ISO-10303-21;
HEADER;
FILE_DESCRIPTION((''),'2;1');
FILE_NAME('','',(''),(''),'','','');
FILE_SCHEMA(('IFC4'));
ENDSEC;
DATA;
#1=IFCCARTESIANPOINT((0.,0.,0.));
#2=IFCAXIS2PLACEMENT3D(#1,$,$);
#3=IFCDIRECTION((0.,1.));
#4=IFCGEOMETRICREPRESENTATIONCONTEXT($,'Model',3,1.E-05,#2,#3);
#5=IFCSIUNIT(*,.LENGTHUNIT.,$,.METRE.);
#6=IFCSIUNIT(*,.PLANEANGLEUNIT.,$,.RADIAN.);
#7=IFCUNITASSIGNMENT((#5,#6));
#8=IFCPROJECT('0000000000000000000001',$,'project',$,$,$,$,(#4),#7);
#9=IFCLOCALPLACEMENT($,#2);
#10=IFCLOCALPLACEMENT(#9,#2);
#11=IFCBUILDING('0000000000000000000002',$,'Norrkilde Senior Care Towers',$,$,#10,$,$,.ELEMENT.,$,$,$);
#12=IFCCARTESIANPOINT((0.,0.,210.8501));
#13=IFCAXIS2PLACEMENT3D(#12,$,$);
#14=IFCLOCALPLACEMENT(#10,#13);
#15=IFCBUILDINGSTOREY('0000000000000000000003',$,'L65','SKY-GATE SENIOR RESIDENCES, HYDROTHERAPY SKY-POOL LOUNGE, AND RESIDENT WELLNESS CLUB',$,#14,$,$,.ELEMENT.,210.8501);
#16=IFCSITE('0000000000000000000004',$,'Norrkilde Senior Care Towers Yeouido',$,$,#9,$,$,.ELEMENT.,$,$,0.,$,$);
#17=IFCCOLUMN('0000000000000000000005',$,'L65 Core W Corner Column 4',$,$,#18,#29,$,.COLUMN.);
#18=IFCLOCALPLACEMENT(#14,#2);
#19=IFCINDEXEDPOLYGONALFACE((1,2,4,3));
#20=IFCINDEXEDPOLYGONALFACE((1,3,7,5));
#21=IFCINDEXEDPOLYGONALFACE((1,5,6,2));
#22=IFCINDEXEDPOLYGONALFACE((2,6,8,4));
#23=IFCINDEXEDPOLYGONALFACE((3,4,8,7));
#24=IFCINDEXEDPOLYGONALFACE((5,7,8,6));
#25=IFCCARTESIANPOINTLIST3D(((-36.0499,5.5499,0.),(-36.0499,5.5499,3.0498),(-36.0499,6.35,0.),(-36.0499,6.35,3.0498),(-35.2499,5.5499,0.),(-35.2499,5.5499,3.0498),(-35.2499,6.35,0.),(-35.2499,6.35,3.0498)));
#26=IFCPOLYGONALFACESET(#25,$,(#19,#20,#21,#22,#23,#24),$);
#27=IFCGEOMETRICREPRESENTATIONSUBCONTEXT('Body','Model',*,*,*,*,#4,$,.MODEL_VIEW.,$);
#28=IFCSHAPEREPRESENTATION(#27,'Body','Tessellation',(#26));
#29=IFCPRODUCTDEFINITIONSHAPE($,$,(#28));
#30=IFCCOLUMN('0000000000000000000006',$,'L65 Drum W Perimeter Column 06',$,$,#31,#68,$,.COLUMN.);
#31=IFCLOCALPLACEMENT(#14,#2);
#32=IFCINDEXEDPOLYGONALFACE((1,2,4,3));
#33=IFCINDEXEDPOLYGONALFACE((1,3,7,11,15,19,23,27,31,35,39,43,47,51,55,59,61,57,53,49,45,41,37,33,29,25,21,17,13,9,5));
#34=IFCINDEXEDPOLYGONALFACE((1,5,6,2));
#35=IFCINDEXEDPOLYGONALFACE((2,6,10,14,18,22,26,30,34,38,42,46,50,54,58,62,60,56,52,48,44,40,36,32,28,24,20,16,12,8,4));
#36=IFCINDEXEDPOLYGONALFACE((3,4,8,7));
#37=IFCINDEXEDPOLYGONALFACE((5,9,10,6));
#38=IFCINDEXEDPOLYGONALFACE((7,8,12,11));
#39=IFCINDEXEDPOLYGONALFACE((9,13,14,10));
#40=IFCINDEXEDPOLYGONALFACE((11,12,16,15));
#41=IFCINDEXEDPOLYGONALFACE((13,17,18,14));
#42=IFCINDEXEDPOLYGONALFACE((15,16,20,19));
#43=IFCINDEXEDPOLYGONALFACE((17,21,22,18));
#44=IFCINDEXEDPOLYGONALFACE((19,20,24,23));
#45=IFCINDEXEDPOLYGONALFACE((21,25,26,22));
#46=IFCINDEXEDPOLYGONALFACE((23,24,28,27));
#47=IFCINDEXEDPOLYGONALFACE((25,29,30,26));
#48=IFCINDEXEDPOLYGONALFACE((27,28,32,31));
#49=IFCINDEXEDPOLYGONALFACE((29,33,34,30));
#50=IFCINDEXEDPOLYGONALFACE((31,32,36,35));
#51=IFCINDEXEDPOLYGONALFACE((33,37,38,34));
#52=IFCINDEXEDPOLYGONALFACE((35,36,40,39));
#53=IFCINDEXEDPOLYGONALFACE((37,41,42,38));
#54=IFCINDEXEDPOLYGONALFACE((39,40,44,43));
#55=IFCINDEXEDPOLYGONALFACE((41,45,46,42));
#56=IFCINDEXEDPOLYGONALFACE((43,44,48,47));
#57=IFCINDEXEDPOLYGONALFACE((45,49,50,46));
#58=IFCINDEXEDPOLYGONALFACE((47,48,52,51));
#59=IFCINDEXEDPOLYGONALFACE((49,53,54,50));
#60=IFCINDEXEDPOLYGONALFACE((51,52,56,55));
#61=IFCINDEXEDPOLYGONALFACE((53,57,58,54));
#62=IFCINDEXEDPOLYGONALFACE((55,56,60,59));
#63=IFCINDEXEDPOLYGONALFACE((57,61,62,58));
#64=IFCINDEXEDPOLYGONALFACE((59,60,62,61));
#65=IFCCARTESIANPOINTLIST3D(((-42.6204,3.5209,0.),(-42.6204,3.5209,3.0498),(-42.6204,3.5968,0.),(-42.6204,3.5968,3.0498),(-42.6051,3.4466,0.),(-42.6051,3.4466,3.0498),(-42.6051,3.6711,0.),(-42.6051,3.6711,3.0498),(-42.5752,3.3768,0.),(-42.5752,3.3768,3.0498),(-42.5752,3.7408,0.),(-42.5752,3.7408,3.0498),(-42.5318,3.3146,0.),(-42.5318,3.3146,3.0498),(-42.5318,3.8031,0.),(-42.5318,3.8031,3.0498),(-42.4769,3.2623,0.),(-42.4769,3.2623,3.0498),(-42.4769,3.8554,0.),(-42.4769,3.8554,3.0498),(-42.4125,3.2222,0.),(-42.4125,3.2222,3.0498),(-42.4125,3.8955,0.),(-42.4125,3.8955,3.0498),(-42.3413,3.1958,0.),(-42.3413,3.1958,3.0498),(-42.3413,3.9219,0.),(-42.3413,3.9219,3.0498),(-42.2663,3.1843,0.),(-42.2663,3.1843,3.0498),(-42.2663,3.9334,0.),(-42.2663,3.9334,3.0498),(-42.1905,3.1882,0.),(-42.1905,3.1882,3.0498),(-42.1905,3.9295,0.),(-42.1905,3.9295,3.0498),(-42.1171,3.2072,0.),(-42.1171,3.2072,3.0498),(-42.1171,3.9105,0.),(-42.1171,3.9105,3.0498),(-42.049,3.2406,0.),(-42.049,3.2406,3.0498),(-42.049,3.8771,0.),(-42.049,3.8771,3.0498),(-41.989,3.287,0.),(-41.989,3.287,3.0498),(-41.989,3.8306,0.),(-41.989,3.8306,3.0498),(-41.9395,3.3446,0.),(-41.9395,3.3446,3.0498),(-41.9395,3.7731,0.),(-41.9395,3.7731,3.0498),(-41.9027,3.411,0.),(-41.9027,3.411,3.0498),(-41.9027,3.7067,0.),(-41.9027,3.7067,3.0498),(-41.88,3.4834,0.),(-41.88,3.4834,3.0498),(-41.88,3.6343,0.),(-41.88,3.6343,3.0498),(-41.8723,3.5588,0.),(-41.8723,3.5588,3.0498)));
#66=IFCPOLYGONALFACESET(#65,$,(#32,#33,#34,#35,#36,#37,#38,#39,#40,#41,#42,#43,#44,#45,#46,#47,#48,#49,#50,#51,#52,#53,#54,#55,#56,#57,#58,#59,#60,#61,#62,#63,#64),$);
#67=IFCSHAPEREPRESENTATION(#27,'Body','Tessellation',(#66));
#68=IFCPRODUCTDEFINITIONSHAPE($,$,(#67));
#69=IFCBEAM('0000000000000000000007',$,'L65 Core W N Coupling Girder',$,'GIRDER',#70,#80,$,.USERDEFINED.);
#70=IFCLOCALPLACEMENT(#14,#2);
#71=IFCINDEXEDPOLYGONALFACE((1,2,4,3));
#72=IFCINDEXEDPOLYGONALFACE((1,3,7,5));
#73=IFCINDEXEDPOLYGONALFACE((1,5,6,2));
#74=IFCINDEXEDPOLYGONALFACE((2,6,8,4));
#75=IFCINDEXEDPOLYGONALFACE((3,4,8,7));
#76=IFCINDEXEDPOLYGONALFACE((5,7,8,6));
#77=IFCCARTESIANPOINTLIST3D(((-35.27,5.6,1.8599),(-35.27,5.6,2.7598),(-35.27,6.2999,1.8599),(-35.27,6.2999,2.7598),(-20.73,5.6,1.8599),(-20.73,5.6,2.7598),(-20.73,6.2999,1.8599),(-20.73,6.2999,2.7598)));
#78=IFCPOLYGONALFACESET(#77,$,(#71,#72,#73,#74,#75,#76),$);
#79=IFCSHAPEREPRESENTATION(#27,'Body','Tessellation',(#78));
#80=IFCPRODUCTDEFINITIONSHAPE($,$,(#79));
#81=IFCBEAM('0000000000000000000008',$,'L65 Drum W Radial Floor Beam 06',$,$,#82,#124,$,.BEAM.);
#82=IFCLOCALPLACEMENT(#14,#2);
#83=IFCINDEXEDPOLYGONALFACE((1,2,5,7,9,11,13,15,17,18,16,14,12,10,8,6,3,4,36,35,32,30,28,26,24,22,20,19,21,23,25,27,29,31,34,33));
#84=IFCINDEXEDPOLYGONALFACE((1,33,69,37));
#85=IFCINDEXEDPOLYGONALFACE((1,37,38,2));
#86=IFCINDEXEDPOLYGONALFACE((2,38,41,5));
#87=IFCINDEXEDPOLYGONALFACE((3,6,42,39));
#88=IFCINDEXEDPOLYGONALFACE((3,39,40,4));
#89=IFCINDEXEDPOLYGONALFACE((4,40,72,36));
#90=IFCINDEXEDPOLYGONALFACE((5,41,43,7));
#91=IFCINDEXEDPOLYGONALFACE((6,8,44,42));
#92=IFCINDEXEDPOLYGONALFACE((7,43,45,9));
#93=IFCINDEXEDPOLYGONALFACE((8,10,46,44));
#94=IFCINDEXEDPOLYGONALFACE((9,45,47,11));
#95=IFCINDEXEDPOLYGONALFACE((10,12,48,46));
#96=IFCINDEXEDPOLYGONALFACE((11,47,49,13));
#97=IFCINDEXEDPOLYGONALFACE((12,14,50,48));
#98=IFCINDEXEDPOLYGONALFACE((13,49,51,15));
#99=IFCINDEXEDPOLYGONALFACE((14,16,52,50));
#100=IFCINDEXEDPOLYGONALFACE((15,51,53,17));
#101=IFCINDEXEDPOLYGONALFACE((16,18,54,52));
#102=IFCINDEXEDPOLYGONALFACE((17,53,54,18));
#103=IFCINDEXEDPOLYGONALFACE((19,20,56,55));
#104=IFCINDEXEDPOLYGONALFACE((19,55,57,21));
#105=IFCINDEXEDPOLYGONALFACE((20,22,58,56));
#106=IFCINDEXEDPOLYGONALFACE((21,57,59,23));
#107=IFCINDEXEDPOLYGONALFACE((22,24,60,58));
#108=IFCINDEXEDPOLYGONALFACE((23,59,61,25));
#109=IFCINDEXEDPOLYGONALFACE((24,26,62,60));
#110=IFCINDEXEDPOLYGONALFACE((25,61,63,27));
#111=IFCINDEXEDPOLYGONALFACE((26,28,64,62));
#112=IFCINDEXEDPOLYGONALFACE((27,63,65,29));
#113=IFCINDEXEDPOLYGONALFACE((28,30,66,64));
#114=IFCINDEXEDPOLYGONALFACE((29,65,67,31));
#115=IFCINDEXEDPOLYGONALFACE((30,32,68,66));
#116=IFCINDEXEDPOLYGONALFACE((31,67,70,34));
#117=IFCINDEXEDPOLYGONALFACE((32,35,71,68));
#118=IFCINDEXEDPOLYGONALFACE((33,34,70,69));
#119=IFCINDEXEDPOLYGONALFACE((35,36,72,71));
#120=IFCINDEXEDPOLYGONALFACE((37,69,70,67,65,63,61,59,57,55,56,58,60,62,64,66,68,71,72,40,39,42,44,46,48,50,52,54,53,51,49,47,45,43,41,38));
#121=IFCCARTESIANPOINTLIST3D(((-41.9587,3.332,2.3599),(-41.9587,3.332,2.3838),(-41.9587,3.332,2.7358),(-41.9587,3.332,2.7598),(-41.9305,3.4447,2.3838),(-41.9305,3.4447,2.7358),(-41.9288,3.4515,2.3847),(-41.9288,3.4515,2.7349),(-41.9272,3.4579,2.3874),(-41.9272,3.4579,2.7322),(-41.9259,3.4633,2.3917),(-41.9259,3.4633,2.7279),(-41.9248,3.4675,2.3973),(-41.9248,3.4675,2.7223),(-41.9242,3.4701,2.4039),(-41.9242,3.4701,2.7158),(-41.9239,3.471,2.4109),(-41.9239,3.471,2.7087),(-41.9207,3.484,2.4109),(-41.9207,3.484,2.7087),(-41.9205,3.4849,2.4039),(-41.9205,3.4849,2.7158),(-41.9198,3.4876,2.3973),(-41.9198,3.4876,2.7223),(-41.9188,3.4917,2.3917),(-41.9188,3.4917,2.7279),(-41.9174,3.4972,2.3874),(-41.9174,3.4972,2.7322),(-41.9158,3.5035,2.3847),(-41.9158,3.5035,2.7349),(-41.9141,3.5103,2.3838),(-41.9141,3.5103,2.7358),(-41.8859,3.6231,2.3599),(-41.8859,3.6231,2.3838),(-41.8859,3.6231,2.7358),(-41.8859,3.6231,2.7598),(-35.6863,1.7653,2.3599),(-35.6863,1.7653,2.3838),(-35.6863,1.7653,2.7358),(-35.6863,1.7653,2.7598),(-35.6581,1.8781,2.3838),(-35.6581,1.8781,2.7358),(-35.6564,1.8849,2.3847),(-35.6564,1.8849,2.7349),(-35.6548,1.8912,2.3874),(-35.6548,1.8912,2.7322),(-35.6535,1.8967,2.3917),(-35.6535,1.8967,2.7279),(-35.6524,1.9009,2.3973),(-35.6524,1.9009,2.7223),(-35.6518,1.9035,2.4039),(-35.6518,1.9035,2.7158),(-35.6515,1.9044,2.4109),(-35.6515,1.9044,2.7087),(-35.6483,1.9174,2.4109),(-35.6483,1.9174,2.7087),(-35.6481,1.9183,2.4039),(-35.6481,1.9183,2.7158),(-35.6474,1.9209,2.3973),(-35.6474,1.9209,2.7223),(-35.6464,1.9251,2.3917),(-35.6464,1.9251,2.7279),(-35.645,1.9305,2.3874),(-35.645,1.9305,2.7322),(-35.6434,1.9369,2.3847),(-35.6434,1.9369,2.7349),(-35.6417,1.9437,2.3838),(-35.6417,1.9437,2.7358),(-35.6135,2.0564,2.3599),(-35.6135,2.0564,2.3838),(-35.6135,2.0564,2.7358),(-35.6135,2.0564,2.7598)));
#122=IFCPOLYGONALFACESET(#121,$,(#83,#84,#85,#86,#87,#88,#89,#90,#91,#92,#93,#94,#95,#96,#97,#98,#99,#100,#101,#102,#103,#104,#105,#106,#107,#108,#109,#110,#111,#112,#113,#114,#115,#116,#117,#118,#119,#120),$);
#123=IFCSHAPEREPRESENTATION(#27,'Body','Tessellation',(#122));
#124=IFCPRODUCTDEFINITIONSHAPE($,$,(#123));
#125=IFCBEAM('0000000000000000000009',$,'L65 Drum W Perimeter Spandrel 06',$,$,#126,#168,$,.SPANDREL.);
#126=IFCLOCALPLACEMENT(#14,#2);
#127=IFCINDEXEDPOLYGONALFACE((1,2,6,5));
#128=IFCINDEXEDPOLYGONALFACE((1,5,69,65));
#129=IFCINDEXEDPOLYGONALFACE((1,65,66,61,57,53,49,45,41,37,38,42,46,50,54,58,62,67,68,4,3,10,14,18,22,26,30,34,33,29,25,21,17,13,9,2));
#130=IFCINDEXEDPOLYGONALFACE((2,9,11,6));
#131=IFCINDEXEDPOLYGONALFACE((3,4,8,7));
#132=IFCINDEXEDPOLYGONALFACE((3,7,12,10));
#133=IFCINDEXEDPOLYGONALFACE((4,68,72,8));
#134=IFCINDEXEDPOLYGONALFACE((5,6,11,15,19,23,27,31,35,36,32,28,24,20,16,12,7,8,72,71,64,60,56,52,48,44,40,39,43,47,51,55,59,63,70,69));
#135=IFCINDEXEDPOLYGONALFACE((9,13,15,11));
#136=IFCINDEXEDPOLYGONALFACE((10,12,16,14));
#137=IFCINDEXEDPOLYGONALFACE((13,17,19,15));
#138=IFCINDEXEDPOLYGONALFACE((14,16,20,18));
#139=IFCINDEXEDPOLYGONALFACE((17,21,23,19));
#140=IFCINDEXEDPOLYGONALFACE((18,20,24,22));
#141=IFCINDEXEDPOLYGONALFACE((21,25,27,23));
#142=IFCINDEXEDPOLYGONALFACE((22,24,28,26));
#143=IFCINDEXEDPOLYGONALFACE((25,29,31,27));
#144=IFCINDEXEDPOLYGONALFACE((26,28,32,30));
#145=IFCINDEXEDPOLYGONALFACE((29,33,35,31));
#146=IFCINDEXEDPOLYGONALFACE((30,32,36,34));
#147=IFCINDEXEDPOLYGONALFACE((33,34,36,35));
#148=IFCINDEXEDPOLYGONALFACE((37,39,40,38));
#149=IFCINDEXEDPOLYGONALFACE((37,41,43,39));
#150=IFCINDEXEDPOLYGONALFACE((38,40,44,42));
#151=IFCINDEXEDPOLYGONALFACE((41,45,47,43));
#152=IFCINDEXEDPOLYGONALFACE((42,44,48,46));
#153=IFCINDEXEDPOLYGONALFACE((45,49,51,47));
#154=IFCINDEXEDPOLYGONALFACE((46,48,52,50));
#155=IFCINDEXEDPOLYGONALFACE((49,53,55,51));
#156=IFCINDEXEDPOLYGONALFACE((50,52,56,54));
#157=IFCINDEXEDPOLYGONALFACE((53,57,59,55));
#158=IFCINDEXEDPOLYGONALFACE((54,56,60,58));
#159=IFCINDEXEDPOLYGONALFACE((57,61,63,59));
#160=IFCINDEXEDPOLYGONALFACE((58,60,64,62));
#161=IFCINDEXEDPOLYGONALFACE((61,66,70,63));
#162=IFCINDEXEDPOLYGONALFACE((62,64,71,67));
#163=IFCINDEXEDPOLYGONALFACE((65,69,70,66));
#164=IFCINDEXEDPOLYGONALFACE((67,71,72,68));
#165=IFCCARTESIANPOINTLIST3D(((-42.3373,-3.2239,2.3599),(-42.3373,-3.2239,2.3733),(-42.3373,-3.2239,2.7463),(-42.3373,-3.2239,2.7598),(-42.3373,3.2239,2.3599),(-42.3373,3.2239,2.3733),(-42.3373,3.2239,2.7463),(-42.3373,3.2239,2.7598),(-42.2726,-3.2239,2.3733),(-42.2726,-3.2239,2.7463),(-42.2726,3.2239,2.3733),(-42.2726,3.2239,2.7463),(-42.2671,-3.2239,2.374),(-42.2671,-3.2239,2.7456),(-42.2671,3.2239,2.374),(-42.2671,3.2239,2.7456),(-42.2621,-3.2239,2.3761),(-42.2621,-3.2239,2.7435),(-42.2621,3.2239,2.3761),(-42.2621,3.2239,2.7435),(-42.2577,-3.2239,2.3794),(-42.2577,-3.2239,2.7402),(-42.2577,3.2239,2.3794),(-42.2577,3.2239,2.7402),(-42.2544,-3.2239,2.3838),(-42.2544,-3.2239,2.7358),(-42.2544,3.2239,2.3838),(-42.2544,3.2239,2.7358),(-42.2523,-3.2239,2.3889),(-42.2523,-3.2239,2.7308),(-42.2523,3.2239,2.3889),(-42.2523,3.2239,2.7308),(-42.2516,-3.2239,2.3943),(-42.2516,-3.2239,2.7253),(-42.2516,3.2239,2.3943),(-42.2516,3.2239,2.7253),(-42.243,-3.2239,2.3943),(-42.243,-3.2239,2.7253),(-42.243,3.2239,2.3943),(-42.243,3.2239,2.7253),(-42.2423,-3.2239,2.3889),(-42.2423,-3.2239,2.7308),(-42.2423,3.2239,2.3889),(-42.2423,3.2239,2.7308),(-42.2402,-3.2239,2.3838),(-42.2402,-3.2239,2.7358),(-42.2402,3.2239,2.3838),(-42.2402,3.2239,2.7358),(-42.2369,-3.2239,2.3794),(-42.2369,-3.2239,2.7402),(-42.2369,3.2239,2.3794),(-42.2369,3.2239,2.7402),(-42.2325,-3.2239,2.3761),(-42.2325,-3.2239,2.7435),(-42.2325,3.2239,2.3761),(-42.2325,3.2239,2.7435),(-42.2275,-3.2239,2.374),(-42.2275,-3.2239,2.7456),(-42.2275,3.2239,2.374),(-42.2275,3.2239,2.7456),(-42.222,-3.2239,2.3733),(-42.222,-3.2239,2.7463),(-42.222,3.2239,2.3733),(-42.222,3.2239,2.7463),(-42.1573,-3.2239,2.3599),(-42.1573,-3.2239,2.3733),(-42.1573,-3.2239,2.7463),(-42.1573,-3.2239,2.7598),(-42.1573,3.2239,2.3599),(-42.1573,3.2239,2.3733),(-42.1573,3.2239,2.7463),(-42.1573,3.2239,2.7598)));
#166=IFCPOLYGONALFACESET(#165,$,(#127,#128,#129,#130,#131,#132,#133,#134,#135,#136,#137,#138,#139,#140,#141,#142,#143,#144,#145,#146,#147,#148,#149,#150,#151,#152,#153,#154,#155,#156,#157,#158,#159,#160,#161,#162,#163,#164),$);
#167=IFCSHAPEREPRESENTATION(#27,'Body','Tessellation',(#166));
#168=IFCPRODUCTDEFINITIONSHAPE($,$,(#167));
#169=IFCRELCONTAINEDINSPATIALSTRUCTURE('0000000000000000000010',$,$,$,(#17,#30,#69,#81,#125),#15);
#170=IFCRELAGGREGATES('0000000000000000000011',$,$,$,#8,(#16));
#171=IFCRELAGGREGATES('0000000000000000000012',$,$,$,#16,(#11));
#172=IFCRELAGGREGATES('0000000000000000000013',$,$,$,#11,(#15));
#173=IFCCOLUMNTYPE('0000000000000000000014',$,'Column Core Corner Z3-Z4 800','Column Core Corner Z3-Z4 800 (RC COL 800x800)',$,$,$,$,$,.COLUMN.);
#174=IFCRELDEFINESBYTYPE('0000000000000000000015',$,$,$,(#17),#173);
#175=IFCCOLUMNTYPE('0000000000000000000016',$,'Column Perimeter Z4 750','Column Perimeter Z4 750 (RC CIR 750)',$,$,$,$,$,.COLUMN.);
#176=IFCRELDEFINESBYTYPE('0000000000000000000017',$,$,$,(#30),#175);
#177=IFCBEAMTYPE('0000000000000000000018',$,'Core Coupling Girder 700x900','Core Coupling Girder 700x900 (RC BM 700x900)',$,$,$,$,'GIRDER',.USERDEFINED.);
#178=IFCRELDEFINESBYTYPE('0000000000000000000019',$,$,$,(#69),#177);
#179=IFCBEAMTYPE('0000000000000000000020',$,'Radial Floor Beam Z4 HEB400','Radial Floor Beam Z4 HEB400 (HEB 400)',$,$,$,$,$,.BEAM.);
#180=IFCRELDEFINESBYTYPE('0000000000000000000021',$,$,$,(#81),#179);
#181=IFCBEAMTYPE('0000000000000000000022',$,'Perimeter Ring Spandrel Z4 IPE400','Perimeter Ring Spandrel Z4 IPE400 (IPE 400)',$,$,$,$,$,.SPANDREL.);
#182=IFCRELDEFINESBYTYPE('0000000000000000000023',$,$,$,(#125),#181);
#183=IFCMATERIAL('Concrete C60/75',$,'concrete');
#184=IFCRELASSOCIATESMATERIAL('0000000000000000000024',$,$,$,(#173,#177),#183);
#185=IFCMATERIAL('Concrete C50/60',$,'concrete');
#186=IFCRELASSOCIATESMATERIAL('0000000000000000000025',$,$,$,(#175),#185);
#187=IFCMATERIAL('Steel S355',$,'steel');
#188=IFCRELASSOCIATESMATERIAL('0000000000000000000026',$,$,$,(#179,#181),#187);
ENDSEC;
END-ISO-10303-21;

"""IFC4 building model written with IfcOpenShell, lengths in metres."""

from ifc_helpers import new_model, si_unit, direction, frame, origin, origin_2d, place, context, subcontext, project, spatial, rectangle, circle, i_section, extrude, source, transform, mapped, material, material_profile, profile_set, type_object, type_shapes, element, save


model = new_model("IFC4")

# Units and contexts
model_context = context("Model", 3, precision=1e-05, world=origin(), true_north=direction((0.0, 1.0)))
body_context = subcontext(model_context, "Body", "Model", "MODEL_VIEW")
ifc_project = project(units=[si_unit("LENGTHUNIT", "METRE"), si_unit("PLANEANGLEUNIT", "RADIAN")], contexts=[model_context])

# Site, building, storey
site_placement = place(None, origin())
site = spatial("IfcSite", under=ifc_project, at=site_placement, Name="Norrkilde Senior Care Towers Yeouido", CompositionType="ELEMENT", RefElevation=0.0)
building_placement = place(site_placement, origin())
building = spatial("IfcBuilding", under=site, at=building_placement, Name="Norrkilde Senior Care Towers", CompositionType="ELEMENT")
storey_placement = place(building_placement, frame((0.0, 0.0, 210.8501)))
storey = spatial("IfcBuildingStorey", under=building, at=storey_placement, Name="L65", Description="SKY-GATE SENIOR RESIDENCES, HYDROTHERAPY SKY-POOL LOUNGE, AND RESIDENT WELLNESS CLUB", CompositionType="ELEMENT", Elevation=210.8501)

# Columns
ifc_material_1 = material(Name="Concrete C60/75", Category="concrete")
ifc_material_profile_1 = material_profile(ifc_material_1, rectangle(XDim=0.8, YDim=0.8, at=origin_2d()), Name="RC COL 800x800")
ifc_profile_set_1 = profile_set([ifc_material_profile_1], Name="Concrete C60/75")
column_type_1 = type_object("IfcColumnType", Name="Column Core Corner Z3-Z4 800", Description="Column Core Corner Z3-Z4 800 (RC COL 800x800)", PredefinedType="COLUMN", material=ifc_profile_set_1)
shared_shape_1 = source(origin(), body_context, "Body", "SweptSolid", [
    extrude(rectangle(XDim=0.8, YDim=0.8, at=origin_2d()), origin(), (0.0, 0.0, 1.0), 3.0498),
])
type_shapes(column_type_1, [shared_shape_1])
column_1_placement = place(storey_placement, frame((-35.6499, 5.95, 0.0), z_axis=(0.0, 0.0, 1.0), x_axis=(1.0, 0.0, 0.0)))
element("IfcColumn", 1, at=column_1_placement, inside=storey, type_object=column_type_1, Name="L65 Core W Corner Column 4", PredefinedType="COLUMN", context=body_context, shape_type="MappedRepresentation", body=[
    mapped(shared_shape_1, transform((0.0, 0.0, 0.0), x_axis=(1.0, 0.0, 0.0), y_axis=(0.0, 1.0, 0.0), z_axis=(0.0, 0.0, 1.0), scale=1.0)),
])
ifc_material_2 = material(Name="Concrete C50/60", Category="concrete")
ifc_material_profile_2 = material_profile(ifc_material_2, circle(Radius=0.375, at=origin_2d()), Name="RC CIR 750")
ifc_profile_set_2 = profile_set([ifc_material_profile_2], Name="Concrete C50/60")
column_type_2 = type_object("IfcColumnType", Name="Column Perimeter Z4 750", Description="Column Perimeter Z4 750 (RC CIR 750)", PredefinedType="COLUMN", material=ifc_profile_set_2)
shared_shape_2 = source(origin(), body_context, "Body", "SweptSolid", [
    extrude(circle(Radius=0.375, at=origin_2d()), origin(), (0.0, 0.0, 1.0), 3.0498),
])
type_shapes(column_type_2, [shared_shape_2])
column_2_placement = place(storey_placement, frame((-42.2473, 3.5588, 0.0), z_axis=(0.0, 0.0, 1.0), x_axis=(1.0, 0.0, 0.0)))
element("IfcColumn", 2, at=column_2_placement, inside=storey, type_object=column_type_2, Name="L65 Drum W Perimeter Column 06", PredefinedType="COLUMN", context=body_context, shape_type="MappedRepresentation", body=[
    mapped(shared_shape_2, transform((0.0, 0.0, 0.0), x_axis=(1.0, 0.0, 0.0), y_axis=(0.0, 1.0, 0.0), z_axis=(0.0, 0.0, 1.0), scale=1.0)),
])

# Beams
ifc_material_profile_3 = material_profile(ifc_material_1, rectangle(XDim=0.7, YDim=0.8999, at=origin_2d()), Name="RC BM 700x900")
ifc_profile_set_3 = profile_set([ifc_material_profile_3], Name="Concrete C60/75")
beam_type_1 = type_object("IfcBeamType", Name="Core Coupling Girder 700x900", Description="Core Coupling Girder 700x900 (RC BM 700x900)", ElementType="GIRDER", PredefinedType="USERDEFINED", material=ifc_profile_set_3)
shared_shape_3 = source(origin(), body_context, "Body", "SweptSolid", [
    extrude(rectangle(XDim=0.7, YDim=0.8999, at=origin_2d()), origin(), (0.0, 0.0, 1.0), 14.54),
])
type_shapes(beam_type_1, [shared_shape_3])
beam_1_placement = place(storey_placement, frame((-35.27, 5.95, 2.3098), z_axis=(1.0, 0.0, 0.0), x_axis=(0.0, 1.0, 0.0)))
element("IfcBeam", 3, at=beam_1_placement, inside=storey, type_object=beam_type_1, Name="L65 Core W N Coupling Girder", ObjectType="GIRDER", PredefinedType="USERDEFINED", context=body_context, shape_type="MappedRepresentation", body=[
    mapped(shared_shape_3, transform((0.0, 0.0, 0.0), x_axis=(1.0, 0.0, 0.0), y_axis=(0.0, 1.0, 0.0), z_axis=(0.0, 0.0, 1.0), scale=1.0)),
])
ifc_material_3 = material(Name="Steel S355", Category="steel")
ifc_material_profile_4 = material_profile(ifc_material_3, i_section(OverallWidth=0.3, OverallDepth=0.3999, WebThickness=0.0134, FlangeThickness=0.0239, FilletRadius=0.0271, at=origin_2d()), Name="HEB 400")
ifc_profile_set_4 = profile_set([ifc_material_profile_4], Name="Steel S355")
beam_type_2 = type_object("IfcBeamType", Name="Radial Floor Beam Z4 HEB400", Description="Radial Floor Beam Z4 HEB400 (HEB 400)", PredefinedType="BEAM", material=ifc_profile_set_4)
shared_shape_4 = source(origin(), body_context, "Body", "SweptSolid", [
    extrude(i_section(OverallWidth=0.3, OverallDepth=0.3999, WebThickness=0.0134, FlangeThickness=0.0239, FilletRadius=0.0271, at=origin_2d()), origin(), (0.0, 0.0, 1.0), 6.4651),
])
type_shapes(beam_type_2, [shared_shape_4])
beam_2_placement = place(storey_placement, frame((-35.6499, 1.9109, 2.5598), z_axis=(-0.970196, 0.242322, 0.0), x_axis=(-0.242322, -0.970196, 0.0)))
element("IfcBeam", 4, at=beam_2_placement, inside=storey, type_object=beam_type_2, Name="L65 Drum W Radial Floor Beam 06", PredefinedType="BEAM", context=body_context, shape_type="MappedRepresentation", body=[
    mapped(shared_shape_4, transform((0.0, 0.0, 0.0), x_axis=(1.0, 0.0, 0.0), y_axis=(0.0, 1.0, 0.0), z_axis=(0.0, 0.0, 1.0), scale=1.0)),
])
ifc_material_profile_5 = material_profile(ifc_material_3, i_section(OverallWidth=0.1799, OverallDepth=0.3999, WebThickness=0.0085, FlangeThickness=0.0134, FilletRadius=0.021, at=origin_2d()), Name="IPE 400")
ifc_profile_set_5 = profile_set([ifc_material_profile_5], Name="Steel S355")
beam_type_3 = type_object("IfcBeamType", Name="Perimeter Ring Spandrel Z4 IPE400", Description="Perimeter Ring Spandrel Z4 IPE400 (IPE 400)", PredefinedType="SPANDREL", material=ifc_profile_set_5)
shared_shape_5 = source(origin(), body_context, "Body", "SweptSolid", [
    extrude(i_section(OverallWidth=0.1799, OverallDepth=0.3999, WebThickness=0.0085, FlangeThickness=0.0134, FilletRadius=0.021, at=origin_2d()), origin(), (0.0, 0.0, 1.0), 6.4478),
])
type_shapes(beam_type_3, [shared_shape_5])
beam_3_placement = place(storey_placement, frame((-42.2473, 3.2239, 2.5598), z_axis=(0.0, -1.0, 0.0), x_axis=(1.0, 0.0, 0.0)))
element("IfcBeam", 5, at=beam_3_placement, inside=storey, type_object=beam_type_3, Name="L65 Drum W Perimeter Spandrel 06", PredefinedType="SPANDREL", context=body_context, shape_type="MappedRepresentation", body=[
    mapped(shared_shape_5, transform((0.0, 0.0, 0.0), x_axis=(1.0, 0.0, 0.0), y_axis=(0.0, 1.0, 0.0), z_axis=(0.0, 0.0, 1.0), scale=1.0)),
])

save(model, "model.ifc")
